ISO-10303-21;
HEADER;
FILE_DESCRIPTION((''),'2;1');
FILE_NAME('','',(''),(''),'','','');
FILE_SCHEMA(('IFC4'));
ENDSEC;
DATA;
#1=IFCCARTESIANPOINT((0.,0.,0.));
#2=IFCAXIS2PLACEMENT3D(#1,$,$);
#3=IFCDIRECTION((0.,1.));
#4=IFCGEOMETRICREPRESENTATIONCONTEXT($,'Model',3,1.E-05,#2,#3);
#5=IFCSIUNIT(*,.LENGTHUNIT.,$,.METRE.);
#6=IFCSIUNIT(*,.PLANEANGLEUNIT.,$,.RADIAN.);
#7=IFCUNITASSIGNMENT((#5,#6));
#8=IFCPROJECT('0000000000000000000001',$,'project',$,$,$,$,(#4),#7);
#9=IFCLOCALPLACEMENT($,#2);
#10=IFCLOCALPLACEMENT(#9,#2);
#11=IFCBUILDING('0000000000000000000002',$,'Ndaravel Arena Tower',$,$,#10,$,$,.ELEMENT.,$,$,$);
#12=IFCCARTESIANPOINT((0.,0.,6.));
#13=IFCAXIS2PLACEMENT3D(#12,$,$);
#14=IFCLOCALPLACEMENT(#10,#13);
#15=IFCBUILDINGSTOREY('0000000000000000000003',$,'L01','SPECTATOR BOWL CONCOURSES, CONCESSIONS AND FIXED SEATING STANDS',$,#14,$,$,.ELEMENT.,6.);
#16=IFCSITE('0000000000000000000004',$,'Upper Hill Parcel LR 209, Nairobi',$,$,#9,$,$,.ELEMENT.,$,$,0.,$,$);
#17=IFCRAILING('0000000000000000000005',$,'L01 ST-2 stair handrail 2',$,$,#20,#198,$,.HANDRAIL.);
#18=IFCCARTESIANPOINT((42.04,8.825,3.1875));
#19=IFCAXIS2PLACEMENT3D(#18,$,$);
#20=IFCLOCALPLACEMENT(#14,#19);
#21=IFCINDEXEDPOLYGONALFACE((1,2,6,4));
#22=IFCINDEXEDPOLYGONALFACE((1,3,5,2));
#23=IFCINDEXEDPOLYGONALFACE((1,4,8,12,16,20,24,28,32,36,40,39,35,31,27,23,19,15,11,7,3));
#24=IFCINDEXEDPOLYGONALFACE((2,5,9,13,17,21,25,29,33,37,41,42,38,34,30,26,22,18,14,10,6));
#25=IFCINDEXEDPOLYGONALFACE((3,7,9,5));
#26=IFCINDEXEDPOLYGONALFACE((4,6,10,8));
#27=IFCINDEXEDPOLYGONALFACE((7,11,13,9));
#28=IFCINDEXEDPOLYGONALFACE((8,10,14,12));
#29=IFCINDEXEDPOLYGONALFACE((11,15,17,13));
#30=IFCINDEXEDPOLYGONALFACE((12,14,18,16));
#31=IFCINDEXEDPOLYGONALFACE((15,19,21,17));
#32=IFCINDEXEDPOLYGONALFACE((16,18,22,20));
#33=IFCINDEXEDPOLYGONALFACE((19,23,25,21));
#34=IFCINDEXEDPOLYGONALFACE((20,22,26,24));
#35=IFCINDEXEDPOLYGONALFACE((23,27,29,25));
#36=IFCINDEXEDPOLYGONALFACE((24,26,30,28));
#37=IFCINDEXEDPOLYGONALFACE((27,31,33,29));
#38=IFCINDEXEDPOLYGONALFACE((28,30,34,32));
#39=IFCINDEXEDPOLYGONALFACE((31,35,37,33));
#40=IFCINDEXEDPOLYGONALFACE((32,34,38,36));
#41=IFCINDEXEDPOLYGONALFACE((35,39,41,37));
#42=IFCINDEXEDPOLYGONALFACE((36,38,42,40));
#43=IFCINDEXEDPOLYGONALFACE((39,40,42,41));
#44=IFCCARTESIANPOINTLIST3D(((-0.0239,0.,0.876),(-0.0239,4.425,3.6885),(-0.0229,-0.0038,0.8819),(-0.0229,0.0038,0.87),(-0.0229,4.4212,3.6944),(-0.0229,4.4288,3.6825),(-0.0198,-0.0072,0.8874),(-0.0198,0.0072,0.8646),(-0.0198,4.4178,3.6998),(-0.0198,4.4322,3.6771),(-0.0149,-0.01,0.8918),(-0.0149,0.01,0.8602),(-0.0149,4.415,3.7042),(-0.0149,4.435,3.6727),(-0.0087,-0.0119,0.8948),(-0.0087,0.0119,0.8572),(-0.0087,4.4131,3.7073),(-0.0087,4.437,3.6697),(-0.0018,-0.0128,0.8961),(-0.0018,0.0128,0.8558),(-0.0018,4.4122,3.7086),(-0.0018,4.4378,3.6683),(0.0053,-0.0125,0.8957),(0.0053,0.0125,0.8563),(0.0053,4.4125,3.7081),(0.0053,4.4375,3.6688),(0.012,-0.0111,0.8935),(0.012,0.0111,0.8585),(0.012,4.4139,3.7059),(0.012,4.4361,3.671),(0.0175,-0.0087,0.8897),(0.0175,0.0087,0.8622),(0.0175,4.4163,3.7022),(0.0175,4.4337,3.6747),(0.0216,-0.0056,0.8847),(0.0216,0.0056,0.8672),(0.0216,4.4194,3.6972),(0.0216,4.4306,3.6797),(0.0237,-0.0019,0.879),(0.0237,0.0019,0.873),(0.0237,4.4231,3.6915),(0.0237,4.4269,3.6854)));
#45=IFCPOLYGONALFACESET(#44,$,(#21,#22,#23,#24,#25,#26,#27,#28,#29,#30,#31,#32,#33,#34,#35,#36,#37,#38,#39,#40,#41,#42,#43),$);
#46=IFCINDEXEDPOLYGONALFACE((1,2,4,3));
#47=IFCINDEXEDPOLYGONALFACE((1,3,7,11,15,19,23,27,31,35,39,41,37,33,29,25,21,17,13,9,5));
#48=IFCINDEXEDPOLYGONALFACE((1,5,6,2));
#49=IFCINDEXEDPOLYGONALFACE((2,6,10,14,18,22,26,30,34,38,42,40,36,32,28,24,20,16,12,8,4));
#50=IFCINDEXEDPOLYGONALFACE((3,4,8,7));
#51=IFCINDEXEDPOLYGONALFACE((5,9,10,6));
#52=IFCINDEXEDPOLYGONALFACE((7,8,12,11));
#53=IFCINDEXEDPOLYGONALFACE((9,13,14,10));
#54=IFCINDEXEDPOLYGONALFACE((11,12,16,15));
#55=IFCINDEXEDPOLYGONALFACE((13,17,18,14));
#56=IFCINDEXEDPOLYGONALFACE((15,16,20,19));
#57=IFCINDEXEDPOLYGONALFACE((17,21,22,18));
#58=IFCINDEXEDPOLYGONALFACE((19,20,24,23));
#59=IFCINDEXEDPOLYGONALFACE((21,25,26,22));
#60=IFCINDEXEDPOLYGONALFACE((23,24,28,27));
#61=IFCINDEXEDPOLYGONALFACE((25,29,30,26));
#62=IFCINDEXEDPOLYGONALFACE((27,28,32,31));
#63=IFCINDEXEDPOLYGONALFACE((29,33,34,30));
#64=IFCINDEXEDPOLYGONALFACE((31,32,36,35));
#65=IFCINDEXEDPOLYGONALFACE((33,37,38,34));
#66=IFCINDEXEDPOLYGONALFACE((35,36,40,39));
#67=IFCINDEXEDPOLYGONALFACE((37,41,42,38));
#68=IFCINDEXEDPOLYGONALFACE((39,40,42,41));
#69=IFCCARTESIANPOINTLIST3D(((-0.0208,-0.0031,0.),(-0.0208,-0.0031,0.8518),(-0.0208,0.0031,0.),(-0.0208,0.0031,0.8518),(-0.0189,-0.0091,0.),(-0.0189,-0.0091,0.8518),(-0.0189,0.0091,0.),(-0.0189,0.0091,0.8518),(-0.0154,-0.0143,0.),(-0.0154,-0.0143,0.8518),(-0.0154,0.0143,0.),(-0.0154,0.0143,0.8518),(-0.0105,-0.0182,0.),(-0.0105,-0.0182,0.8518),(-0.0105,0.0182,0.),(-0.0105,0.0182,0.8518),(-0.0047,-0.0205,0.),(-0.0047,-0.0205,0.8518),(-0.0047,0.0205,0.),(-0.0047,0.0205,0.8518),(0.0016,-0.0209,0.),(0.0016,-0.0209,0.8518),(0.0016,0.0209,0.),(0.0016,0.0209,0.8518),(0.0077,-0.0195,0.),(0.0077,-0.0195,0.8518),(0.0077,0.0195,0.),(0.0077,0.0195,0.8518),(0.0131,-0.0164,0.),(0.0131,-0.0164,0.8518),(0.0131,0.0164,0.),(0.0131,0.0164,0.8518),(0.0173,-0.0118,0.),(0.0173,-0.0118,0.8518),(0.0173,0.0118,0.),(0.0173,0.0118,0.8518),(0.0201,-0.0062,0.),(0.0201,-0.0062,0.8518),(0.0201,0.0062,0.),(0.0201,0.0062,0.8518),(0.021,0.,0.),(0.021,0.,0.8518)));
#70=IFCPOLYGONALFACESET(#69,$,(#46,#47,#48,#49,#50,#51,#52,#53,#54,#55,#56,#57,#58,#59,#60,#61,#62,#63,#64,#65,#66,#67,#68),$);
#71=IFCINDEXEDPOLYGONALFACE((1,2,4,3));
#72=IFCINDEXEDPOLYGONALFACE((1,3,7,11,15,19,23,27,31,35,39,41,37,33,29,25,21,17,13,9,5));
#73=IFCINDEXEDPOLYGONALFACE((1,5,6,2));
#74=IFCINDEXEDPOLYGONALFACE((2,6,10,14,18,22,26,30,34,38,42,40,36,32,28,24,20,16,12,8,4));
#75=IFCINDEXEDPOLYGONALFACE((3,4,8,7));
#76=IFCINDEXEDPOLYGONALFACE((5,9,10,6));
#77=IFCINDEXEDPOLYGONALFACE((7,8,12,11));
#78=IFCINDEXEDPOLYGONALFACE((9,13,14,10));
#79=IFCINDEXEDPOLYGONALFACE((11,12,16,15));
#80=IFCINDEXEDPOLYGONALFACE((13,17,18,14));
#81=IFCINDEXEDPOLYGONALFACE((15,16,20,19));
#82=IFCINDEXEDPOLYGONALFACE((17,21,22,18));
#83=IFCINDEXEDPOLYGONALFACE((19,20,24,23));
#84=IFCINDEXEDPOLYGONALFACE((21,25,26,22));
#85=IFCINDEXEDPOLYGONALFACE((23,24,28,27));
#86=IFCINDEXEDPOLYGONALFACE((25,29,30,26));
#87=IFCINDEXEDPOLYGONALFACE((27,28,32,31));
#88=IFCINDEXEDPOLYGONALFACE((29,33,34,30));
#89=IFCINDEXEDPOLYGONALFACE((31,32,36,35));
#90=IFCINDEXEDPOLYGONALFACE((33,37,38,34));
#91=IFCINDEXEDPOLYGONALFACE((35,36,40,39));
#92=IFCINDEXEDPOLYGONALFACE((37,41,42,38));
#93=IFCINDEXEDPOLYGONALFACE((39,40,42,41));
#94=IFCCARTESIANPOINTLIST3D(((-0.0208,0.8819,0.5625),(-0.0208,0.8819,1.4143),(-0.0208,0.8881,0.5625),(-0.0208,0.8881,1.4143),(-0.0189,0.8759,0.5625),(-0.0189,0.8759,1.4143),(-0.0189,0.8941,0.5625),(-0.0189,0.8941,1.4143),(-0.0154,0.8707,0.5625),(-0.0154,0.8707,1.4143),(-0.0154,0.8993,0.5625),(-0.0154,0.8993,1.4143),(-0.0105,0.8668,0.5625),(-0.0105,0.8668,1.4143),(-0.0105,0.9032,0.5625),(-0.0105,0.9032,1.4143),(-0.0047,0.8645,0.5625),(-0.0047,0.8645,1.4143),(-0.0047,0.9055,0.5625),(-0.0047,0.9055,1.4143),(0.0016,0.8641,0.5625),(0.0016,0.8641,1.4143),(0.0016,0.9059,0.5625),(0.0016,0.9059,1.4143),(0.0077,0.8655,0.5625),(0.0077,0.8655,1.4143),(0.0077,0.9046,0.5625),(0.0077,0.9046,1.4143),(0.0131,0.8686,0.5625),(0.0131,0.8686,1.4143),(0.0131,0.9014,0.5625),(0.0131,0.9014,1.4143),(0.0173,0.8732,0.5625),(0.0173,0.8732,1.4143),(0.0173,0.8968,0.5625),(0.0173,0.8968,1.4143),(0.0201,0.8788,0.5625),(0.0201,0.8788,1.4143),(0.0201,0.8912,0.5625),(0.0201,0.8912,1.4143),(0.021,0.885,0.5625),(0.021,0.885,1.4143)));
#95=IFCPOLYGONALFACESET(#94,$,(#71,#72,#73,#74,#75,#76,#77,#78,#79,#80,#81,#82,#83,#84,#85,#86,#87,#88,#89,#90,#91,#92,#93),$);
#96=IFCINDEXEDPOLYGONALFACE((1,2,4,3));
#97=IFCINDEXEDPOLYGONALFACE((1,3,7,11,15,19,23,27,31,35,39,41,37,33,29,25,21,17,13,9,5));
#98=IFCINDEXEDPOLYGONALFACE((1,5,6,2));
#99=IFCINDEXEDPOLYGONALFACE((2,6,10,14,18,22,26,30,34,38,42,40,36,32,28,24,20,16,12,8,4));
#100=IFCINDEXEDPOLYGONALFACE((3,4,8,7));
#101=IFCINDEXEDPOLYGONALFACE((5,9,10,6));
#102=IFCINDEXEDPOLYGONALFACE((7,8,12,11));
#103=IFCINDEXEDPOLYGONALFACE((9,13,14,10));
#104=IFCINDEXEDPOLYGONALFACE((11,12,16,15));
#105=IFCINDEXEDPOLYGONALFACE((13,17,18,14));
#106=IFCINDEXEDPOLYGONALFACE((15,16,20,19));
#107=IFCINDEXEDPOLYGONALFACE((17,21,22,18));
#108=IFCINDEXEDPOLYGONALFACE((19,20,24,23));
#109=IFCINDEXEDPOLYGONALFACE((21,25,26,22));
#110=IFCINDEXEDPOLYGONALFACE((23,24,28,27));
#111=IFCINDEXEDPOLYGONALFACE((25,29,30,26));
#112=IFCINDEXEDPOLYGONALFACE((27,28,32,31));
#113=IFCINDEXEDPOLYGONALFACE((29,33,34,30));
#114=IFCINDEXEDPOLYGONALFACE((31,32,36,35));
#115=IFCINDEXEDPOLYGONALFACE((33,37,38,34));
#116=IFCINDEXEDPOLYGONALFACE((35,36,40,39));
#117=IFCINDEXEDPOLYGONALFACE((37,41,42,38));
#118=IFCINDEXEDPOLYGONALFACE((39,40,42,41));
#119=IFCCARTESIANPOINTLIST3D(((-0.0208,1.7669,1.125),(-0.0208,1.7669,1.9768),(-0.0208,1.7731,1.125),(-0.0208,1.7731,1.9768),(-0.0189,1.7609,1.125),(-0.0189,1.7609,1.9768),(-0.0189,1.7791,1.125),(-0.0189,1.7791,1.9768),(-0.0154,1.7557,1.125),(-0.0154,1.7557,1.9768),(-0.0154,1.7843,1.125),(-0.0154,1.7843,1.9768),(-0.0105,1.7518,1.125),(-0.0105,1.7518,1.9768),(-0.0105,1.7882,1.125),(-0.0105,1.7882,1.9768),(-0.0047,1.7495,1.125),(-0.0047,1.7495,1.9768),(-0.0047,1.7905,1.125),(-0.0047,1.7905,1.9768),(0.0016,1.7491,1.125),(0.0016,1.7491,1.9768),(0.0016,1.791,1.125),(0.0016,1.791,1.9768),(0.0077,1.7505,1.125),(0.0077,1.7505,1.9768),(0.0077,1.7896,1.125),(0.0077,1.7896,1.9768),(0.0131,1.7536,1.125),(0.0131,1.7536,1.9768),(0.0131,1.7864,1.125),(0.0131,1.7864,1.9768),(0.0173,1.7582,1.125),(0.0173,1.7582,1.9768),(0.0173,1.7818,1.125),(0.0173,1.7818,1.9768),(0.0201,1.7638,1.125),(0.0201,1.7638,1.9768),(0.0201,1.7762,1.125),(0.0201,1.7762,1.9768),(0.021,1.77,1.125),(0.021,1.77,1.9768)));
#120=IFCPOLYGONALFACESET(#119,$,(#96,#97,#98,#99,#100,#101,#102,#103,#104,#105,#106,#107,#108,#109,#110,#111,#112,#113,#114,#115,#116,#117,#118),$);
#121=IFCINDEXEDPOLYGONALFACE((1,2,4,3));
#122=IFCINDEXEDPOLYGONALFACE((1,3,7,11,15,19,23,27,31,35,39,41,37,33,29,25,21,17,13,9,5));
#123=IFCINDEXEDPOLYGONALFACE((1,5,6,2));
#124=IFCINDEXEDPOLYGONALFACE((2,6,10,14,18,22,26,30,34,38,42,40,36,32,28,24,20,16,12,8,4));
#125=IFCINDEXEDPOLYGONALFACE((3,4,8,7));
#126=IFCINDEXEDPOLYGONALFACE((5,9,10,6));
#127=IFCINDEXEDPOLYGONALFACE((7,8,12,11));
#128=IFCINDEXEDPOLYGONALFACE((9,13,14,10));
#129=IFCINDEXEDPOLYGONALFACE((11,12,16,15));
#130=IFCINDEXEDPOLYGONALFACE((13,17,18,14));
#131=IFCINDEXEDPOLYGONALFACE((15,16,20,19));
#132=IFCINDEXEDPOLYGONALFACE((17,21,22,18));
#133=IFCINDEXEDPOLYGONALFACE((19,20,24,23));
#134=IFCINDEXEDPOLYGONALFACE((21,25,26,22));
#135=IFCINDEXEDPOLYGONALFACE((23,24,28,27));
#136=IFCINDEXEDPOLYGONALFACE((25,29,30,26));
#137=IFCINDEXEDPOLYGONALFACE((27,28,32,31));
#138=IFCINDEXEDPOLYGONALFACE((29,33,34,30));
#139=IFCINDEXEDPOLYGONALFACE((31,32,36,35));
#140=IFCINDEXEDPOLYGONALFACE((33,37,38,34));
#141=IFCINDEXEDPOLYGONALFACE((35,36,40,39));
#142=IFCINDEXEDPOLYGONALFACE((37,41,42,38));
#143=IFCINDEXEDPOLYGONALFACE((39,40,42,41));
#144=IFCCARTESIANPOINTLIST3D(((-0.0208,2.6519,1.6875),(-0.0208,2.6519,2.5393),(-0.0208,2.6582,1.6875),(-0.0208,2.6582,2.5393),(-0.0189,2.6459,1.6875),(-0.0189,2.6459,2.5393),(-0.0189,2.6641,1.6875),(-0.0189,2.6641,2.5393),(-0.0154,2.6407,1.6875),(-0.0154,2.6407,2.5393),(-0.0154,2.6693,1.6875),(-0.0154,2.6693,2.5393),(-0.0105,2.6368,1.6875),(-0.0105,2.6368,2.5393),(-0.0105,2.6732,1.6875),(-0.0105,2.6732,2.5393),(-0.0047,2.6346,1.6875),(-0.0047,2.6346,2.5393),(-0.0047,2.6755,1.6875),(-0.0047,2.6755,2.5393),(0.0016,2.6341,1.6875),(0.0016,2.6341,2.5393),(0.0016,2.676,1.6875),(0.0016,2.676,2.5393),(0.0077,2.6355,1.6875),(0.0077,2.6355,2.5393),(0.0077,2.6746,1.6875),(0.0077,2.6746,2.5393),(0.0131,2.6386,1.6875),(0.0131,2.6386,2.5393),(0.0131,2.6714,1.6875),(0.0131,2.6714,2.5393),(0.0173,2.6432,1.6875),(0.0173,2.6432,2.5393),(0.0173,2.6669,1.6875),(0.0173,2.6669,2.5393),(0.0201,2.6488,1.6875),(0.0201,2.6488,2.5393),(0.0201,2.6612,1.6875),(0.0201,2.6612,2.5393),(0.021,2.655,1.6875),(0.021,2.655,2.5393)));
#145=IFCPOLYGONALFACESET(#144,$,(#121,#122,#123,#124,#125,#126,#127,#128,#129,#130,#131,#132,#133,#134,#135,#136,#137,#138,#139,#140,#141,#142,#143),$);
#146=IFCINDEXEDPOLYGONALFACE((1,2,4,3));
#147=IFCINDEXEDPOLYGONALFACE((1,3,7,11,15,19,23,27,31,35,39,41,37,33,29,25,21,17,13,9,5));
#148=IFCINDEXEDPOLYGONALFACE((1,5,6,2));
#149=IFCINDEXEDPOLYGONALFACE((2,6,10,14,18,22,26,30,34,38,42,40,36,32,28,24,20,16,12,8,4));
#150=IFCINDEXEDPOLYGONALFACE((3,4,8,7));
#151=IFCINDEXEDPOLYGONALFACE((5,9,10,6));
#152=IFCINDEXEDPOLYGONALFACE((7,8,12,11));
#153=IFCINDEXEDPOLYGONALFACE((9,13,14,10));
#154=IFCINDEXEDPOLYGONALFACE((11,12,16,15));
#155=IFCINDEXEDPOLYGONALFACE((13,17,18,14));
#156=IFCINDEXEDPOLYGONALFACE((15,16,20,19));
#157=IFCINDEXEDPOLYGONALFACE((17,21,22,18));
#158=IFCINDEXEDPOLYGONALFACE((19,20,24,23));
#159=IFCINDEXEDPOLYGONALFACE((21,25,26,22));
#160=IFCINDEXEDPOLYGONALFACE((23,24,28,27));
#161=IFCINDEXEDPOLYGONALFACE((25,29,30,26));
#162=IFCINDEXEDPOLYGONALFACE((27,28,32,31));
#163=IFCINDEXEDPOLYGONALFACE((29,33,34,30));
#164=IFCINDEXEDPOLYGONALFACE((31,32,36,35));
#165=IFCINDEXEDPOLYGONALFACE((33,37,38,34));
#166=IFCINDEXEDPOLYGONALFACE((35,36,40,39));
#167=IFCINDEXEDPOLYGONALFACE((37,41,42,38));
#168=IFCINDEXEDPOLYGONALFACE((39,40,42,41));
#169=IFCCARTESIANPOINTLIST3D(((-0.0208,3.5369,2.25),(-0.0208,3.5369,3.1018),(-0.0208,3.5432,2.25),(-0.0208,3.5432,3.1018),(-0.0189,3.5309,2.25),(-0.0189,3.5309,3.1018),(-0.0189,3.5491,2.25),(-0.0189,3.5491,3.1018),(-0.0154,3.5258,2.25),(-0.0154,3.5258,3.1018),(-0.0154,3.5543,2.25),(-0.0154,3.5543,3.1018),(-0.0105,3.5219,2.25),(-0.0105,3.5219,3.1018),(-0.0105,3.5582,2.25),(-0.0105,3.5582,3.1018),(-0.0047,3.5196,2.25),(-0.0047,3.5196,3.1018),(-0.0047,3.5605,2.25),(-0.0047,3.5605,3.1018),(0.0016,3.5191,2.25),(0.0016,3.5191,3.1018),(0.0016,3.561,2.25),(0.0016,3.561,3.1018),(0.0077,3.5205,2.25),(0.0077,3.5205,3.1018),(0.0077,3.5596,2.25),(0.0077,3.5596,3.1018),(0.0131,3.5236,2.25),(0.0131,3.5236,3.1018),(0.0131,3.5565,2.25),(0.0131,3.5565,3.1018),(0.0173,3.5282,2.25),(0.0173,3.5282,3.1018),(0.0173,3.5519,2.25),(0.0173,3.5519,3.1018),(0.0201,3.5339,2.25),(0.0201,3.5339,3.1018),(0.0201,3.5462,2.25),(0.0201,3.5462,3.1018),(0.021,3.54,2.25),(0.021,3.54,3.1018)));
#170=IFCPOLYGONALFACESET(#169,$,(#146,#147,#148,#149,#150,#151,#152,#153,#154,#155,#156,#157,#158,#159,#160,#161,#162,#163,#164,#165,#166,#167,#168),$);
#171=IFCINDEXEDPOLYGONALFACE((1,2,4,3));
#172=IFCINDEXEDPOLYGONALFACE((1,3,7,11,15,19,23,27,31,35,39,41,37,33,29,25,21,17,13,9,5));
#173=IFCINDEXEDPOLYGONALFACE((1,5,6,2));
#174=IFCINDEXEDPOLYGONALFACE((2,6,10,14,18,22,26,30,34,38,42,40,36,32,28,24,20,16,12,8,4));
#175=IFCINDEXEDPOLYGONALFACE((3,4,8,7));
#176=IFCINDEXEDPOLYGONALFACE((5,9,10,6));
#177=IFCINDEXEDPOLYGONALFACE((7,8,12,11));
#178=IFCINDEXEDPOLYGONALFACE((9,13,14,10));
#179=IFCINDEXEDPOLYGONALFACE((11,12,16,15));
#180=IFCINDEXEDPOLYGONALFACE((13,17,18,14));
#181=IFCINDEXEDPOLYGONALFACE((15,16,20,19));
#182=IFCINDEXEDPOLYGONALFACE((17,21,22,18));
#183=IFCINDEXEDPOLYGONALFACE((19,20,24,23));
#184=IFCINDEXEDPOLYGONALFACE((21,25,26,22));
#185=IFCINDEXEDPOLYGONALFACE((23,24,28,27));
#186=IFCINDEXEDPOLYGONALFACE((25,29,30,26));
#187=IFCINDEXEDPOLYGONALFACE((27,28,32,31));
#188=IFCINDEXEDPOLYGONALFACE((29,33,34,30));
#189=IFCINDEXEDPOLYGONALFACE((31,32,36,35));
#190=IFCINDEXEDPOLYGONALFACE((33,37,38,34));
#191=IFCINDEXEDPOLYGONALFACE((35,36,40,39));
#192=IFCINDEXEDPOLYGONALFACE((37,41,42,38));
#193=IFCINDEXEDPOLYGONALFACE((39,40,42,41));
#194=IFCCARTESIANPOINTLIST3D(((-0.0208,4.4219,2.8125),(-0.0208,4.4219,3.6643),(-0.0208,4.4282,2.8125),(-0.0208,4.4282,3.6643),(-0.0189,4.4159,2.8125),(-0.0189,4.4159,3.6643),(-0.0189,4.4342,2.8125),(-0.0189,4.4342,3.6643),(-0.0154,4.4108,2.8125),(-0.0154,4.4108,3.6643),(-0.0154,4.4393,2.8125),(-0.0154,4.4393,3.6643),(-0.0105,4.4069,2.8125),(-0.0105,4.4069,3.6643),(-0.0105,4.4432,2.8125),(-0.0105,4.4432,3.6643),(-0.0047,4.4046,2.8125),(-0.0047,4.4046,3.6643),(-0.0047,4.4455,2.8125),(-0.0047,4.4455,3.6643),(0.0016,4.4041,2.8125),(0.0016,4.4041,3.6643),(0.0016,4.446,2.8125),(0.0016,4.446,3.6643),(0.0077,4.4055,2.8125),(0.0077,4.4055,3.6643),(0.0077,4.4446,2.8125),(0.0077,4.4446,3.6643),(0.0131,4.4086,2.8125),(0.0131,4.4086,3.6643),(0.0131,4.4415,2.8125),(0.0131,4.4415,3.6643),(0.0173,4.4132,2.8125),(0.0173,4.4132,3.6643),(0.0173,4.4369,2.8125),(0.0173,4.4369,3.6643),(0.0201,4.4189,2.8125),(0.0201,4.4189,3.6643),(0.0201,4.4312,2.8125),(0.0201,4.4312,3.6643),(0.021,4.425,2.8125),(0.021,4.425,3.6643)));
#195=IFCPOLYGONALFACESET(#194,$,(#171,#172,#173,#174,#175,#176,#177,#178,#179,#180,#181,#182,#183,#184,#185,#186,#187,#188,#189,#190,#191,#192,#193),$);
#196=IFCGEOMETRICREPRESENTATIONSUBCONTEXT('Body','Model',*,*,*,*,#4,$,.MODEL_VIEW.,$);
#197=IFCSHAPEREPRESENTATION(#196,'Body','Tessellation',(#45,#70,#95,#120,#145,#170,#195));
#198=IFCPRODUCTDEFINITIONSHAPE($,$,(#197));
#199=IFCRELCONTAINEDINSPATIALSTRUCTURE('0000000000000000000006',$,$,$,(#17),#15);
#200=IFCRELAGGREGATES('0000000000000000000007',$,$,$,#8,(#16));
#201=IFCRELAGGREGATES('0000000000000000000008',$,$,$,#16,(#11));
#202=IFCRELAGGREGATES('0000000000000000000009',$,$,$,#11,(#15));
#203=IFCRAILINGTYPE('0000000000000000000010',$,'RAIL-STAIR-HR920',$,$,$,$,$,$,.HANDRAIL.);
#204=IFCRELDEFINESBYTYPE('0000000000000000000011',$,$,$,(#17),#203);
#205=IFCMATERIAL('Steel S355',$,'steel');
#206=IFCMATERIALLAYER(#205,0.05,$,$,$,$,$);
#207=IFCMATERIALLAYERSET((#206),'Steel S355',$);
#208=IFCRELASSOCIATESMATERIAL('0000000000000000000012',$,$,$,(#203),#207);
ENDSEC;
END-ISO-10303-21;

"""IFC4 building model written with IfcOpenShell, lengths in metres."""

from ifc_helpers import new_model, si_unit, direction, frame, origin, origin_2d, place, context, subcontext, project, spatial, circle, extrude, material, layer, layer_set, type_object, element, save


model = new_model("IFC4")

# Units and contexts
model_context = context("Model", 3, precision=1e-05, world=origin(), true_north=direction((0.0, 1.0)))
body_context = subcontext(model_context, "Body", "Model", "MODEL_VIEW")
ifc_project = project(units=[si_unit("LENGTHUNIT", "METRE"), si_unit("PLANEANGLEUNIT", "RADIAN")], contexts=[model_context])

# Site, building, storey
site_placement = place(None, origin())
site = spatial("IfcSite", under=ifc_project, at=site_placement, Name="Upper Hill Parcel LR 209, Nairobi", CompositionType="ELEMENT", RefElevation=0.0)
building_placement = place(site_placement, origin())
building = spatial("IfcBuilding", under=site, at=building_placement, Name="Ndaravel Arena Tower", CompositionType="ELEMENT")
storey_placement = place(building_placement, frame((0.0, 0.0, 6.0)))
storey = spatial("IfcBuildingStorey", under=building, at=storey_placement, Name="L01", Description="SPECTATOR BOWL CONCOURSES, CONCESSIONS AND FIXED SEATING STANDS", CompositionType="ELEMENT", Elevation=6.0)

# Railing
ifc_material_1 = material(Name="Steel S355", Category="steel")
ifc_layer_1 = layer(ifc_material_1, 0.05)
ifc_layer_set_1 = layer_set([ifc_layer_1], Name="Steel S355")
railing_type_1 = type_object("IfcRailingType", Name="RAIL-STAIR-HR920", PredefinedType="HANDRAIL", material=ifc_layer_set_1)
railing_1_placement = place(storey_placement, frame((42.04, 8.825, 3.1875)))
element("IfcRailing", 1, at=railing_1_placement, inside=storey, type_object=railing_type_1, Name="L01 ST-2 stair handrail 2", PredefinedType="HANDRAIL", context=body_context, shape_type="SweptSolid", body=[
    extrude(circle(Radius=0.0239, at=origin_2d()), frame((0.0, 0.0, 0.876), z_axis=(0.0, 0.843959, 0.536408), x_axis=(-1.0, 0.0, 0.0)), (0.0, 0.0, 1.0), 5.2432),
    extrude(circle(Radius=0.021, at=origin_2d()), origin(), (0.0, 0.0, 1.0), 0.8518),
    extrude(circle(Radius=0.021, at=origin_2d()), frame((0.0, 0.885, 0.5625)), (0.0, 0.0, 1.0), 0.8518),
    extrude(circle(Radius=0.021, at=origin_2d()), frame((0.0, 1.77, 1.125)), (0.0, 0.0, 1.0), 0.8518),
    extrude(circle(Radius=0.021, at=origin_2d()), frame((0.0, 2.655, 1.6875)), (0.0, 0.0, 1.0), 0.8518),
    extrude(circle(Radius=0.021, at=origin_2d()), frame((0.0, 3.54, 2.25)), (0.0, 0.0, 1.0), 0.8518),
    extrude(circle(Radius=0.021, at=origin_2d()), frame((0.0, 4.425, 2.8125)), (0.0, 0.0, 1.0), 0.8518),
])

save(model, "model.ifc")
